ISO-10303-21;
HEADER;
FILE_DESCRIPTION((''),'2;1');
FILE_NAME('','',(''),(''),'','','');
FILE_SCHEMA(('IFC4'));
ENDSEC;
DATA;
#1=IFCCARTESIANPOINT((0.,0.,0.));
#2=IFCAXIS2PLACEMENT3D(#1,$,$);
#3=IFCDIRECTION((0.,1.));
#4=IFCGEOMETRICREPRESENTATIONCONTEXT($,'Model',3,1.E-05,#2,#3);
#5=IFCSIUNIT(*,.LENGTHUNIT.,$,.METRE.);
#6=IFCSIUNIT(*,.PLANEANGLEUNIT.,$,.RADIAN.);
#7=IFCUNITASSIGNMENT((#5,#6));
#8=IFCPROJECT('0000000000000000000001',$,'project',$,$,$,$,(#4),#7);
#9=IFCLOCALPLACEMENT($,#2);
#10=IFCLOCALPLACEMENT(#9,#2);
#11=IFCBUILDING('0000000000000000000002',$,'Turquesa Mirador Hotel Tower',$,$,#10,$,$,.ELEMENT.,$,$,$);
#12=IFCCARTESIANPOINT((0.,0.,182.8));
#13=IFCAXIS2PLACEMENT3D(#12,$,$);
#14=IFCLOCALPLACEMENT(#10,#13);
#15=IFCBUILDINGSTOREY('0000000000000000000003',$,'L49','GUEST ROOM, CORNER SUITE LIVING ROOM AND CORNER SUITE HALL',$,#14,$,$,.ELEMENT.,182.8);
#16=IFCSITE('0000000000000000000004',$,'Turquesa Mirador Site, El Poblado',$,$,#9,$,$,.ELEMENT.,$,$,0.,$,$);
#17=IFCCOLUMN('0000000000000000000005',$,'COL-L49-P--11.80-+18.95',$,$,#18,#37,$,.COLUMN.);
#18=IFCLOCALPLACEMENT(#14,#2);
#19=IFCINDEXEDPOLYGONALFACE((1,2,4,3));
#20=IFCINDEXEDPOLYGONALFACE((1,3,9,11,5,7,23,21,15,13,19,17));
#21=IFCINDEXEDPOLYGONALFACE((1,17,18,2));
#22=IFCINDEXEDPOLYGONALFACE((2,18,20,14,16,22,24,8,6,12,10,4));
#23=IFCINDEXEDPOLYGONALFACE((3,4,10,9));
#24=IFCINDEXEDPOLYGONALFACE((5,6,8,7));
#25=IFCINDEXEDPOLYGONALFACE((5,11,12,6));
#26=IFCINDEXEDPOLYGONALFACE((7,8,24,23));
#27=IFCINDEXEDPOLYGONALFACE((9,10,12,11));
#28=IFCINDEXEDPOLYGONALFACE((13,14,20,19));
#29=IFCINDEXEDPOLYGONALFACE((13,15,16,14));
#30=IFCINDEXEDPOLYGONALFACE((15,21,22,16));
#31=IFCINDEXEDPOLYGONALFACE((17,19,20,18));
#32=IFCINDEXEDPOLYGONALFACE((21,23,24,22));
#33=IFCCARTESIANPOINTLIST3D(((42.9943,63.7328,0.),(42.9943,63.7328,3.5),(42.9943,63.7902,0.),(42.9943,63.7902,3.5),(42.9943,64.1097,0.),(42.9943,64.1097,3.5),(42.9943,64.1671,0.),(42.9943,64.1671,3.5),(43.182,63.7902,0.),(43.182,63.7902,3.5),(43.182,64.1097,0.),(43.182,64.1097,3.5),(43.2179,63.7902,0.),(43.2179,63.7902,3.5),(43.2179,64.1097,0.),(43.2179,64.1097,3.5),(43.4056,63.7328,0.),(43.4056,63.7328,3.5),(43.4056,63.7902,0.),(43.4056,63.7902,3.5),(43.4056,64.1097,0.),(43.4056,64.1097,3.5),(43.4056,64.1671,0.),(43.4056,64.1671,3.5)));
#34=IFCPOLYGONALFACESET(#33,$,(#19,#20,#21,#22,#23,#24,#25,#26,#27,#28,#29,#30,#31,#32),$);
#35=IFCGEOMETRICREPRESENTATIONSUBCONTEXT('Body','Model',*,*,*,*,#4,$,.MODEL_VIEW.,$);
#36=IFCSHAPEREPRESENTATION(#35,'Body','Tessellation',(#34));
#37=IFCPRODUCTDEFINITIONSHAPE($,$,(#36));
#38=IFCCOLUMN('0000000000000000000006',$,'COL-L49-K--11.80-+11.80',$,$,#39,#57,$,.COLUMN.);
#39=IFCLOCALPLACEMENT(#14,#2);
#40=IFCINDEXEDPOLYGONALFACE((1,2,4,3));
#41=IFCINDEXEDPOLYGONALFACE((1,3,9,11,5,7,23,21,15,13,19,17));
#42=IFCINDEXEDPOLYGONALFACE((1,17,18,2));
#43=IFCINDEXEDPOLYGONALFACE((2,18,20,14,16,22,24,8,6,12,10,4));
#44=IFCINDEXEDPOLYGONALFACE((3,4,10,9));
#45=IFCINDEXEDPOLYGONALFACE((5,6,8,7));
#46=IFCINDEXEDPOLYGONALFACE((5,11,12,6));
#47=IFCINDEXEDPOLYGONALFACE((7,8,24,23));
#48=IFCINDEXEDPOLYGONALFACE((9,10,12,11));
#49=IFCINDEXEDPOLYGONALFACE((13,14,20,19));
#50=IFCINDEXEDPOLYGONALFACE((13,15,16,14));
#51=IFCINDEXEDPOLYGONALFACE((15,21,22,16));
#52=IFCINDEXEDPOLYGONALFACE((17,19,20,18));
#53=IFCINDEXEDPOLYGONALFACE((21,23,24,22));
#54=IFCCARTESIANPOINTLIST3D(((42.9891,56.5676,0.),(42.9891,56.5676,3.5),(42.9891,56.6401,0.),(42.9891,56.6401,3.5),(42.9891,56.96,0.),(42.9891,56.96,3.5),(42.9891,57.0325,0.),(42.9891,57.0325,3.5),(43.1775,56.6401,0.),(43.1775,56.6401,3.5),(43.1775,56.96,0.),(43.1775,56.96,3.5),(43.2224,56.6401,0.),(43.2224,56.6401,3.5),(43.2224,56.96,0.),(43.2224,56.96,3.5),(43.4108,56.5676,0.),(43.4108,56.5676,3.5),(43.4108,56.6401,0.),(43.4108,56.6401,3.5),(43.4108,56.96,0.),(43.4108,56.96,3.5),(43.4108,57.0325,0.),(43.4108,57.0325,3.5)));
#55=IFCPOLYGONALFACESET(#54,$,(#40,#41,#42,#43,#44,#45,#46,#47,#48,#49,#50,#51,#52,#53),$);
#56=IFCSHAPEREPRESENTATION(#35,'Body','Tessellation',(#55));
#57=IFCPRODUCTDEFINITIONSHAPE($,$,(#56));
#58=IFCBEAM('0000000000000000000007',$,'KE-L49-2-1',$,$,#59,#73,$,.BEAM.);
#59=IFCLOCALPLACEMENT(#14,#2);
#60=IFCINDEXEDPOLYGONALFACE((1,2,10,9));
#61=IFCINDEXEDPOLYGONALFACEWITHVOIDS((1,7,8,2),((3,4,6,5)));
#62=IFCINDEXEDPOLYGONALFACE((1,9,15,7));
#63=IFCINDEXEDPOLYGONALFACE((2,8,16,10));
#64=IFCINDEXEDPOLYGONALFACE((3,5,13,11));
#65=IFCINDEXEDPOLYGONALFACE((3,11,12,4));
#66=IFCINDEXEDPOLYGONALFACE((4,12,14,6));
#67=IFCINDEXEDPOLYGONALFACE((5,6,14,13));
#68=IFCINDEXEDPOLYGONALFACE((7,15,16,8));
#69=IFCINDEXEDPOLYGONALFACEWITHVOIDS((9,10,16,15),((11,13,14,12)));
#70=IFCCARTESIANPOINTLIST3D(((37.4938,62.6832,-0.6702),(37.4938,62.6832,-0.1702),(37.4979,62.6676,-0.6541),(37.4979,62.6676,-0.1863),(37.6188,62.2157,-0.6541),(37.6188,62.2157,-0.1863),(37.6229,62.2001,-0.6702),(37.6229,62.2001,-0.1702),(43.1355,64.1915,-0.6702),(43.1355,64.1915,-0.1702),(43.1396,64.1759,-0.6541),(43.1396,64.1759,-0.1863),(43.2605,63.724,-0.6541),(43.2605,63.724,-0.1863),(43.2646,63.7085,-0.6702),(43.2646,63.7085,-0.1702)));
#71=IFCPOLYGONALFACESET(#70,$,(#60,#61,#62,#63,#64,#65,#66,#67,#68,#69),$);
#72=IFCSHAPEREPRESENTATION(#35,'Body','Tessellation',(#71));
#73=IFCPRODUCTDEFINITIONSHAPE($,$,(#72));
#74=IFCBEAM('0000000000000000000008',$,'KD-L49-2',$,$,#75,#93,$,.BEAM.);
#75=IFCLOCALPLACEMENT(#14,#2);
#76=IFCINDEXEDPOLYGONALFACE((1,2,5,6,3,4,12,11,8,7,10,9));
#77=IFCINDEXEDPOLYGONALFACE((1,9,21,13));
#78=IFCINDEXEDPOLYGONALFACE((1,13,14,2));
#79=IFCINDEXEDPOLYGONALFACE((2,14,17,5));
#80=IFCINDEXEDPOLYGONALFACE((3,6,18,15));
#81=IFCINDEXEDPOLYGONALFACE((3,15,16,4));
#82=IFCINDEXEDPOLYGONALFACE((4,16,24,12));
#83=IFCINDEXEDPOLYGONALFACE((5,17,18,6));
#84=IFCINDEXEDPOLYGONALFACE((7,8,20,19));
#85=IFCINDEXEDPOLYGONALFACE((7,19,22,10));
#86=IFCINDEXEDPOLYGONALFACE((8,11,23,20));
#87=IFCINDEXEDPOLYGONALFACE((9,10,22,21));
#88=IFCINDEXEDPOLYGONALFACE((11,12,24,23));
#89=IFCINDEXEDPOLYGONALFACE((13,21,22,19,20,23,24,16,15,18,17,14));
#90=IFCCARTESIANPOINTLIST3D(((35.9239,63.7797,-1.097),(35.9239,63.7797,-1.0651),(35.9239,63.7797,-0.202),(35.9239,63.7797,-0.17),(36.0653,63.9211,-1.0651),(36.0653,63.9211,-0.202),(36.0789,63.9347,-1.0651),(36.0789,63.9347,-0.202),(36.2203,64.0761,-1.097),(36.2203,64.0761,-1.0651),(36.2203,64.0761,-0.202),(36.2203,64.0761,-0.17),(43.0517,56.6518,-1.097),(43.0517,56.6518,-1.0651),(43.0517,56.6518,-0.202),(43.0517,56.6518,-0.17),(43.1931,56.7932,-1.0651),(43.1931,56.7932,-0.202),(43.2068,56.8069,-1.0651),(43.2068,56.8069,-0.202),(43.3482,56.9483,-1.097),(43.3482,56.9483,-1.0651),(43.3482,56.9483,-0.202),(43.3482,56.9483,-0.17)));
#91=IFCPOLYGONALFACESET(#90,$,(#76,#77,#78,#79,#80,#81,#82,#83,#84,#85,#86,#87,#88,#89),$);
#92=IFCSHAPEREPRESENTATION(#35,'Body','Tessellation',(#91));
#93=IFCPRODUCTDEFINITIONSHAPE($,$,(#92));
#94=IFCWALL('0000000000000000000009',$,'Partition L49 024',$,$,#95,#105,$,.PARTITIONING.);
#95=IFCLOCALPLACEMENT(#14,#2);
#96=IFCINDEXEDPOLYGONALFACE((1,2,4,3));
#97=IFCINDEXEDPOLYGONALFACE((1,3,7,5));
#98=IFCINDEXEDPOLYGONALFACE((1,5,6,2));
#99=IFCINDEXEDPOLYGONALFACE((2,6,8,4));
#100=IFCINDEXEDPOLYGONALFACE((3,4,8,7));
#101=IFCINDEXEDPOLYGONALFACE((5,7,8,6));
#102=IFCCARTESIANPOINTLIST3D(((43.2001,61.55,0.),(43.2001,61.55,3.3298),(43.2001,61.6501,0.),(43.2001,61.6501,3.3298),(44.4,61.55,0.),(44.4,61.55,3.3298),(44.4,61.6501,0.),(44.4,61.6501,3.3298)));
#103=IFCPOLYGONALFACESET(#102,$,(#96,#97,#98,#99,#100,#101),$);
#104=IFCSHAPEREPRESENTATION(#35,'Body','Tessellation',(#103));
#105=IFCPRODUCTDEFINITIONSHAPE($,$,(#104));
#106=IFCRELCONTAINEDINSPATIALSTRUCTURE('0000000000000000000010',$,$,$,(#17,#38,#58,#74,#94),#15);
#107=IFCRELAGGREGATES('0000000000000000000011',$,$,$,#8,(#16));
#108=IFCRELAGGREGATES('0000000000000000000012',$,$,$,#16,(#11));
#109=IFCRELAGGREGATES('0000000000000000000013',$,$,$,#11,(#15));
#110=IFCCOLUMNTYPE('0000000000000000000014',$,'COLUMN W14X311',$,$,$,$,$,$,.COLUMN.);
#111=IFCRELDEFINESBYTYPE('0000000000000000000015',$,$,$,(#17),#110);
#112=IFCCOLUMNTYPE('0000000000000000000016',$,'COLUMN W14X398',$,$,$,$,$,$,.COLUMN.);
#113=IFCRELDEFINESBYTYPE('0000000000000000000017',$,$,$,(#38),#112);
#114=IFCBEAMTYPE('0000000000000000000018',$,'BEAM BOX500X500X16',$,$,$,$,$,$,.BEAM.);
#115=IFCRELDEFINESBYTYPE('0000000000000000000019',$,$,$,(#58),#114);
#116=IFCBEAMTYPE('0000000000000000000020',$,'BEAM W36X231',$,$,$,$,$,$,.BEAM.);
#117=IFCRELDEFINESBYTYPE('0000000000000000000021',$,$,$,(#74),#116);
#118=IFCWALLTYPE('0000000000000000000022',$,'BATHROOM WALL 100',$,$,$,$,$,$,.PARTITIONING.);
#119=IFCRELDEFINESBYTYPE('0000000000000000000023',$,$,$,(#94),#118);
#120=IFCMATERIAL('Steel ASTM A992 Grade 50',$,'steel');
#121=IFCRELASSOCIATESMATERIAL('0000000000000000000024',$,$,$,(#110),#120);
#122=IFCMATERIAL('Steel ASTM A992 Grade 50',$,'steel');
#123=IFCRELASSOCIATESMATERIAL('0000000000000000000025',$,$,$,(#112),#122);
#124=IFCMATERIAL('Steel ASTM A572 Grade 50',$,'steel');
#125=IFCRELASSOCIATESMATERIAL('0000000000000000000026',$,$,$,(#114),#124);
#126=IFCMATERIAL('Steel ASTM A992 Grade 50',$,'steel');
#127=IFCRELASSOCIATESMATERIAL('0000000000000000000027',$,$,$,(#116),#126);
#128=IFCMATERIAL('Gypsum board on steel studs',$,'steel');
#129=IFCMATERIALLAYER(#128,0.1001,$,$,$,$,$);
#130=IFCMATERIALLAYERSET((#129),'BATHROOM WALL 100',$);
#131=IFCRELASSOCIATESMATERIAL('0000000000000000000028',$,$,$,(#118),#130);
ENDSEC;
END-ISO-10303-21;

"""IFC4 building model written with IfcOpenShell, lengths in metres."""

from ifc_helpers import new_model, si_unit, direction, frame, frame_2d, origin, origin_2d, place, context, subcontext, project, spatial, rectangle, hollow_rectangle, i_section, extrude, material, layer, layer_set, material_profile, profile_set, type_object, element, save


model = new_model("IFC4")

# Units and contexts
model_context = context("Model", 3, precision=1e-05, world=origin(), true_north=direction((0.0, 1.0)))
body_context = subcontext(model_context, "Body", "Model", "MODEL_VIEW")
ifc_project = project(units=[si_unit("LENGTHUNIT", "METRE"), si_unit("PLANEANGLEUNIT", "RADIAN")], contexts=[model_context])

# Site, building, storey
site_placement = place(None, origin())
site = spatial("IfcSite", under=ifc_project, at=site_placement, Name="Turquesa Mirador Site, El Poblado", CompositionType="ELEMENT", RefElevation=0.0)
building_placement = place(site_placement, origin())
building = spatial("IfcBuilding", under=site, at=building_placement, Name="Turquesa Mirador Hotel Tower", CompositionType="ELEMENT")
storey_placement = place(building_placement, frame((0.0, 0.0, 182.8)))
storey = spatial("IfcBuildingStorey", under=building, at=storey_placement, Name="L49", Description="GUEST ROOM, CORNER SUITE LIVING ROOM AND CORNER SUITE HALL", CompositionType="ELEMENT", Elevation=182.8)

# Columns
ifc_material_1 = material(Name="Steel ASTM A992 Grade 50", Category="steel")
ifc_material_profile_1 = material_profile(ifc_material_1, i_section(OverallWidth=0.4114, OverallDepth=0.4343, WebThickness=0.0359, FlangeThickness=0.0574, at=origin_2d()), Name="W14X311")
ifc_profile_set_1 = profile_set([ifc_material_profile_1], Name="Steel ASTM A992 Grade 50")
column_type_1 = type_object("IfcColumnType", Name="COLUMN W14X311", PredefinedType="COLUMN", material=ifc_profile_set_1)
column_1_placement = place(storey_placement, frame((43.2, 63.95, 0.0), z_axis=(0.0, 0.0, 1.0), x_axis=(1.0, 0.0, 0.0)))
element("IfcColumn", 1, at=column_1_placement, inside=storey, type_object=column_type_1, Name="COL-L49-P--11.80-+18.95", PredefinedType="COLUMN", context=body_context, shape_type="SweptSolid", body=[
    extrude(i_section(OverallWidth=0.4114, OverallDepth=0.4343, WebThickness=0.0359, FlangeThickness=0.0574, at=origin_2d()), origin(), (0.0, 0.0, 1.0), 3.5),
])
ifc_material_2 = material(Name="Steel ASTM A992 Grade 50", Category="steel")
ifc_material_profile_2 = material_profile(ifc_material_2, i_section(OverallWidth=0.4216, OverallDepth=0.4648, WebThickness=0.0449, FlangeThickness=0.0725, at=origin_2d()), Name="W14X398")
ifc_profile_set_2 = profile_set([ifc_material_profile_2], Name="Steel ASTM A992 Grade 50")
column_type_2 = type_object("IfcColumnType", Name="COLUMN W14X398", PredefinedType="COLUMN", material=ifc_profile_set_2)
column_2_placement = place(storey_placement, frame((43.2, 56.8, 0.0), z_axis=(0.0, 0.0, 1.0), x_axis=(1.0, 0.0, 0.0)))
element("IfcColumn", 2, at=column_2_placement, inside=storey, type_object=column_type_2, Name="COL-L49-K--11.80-+11.80", PredefinedType="COLUMN", context=body_context, shape_type="SweptSolid", body=[
    extrude(i_section(OverallWidth=0.4216, OverallDepth=0.4648, WebThickness=0.0449, FlangeThickness=0.0725, at=origin_2d()), origin(), (0.0, 0.0, 1.0), 3.5),
])

# Beams
ifc_material_3 = material(Name="Steel ASTM A572 Grade 50", Category="steel")
ifc_material_profile_3 = material_profile(ifc_material_3, hollow_rectangle(XDim=0.5, YDim=0.5, WallThickness=0.0161, at=origin_2d()), Name="BOX500X500X16")
ifc_profile_set_3 = profile_set([ifc_material_profile_3], Name="Steel ASTM A572 Grade 50")
beam_type_1 = type_object("IfcBeamType", Name="BEAM BOX500X500X16", PredefinedType="BEAM", material=ifc_profile_set_3)
beam_1_placement = place(storey_placement, frame((37.5583, 62.4417, -0.4202), z_axis=(0.96607, 0.258282, 0.0), x_axis=(-0.258282, 0.96607, 0.0)))
element("IfcBeam", 3, at=beam_1_placement, inside=storey, type_object=beam_type_1, Name="KE-L49-2-1", PredefinedType="BEAM", context=body_context, shape_type="SweptSolid", body=[
    extrude(hollow_rectangle(XDim=0.5, YDim=0.5, WallThickness=0.0161, at=origin_2d()), origin(), (0.0, 0.0, 1.0), 5.8398),
])
ifc_material_4 = material(Name="Steel ASTM A992 Grade 50", Category="steel")
ifc_material_profile_4 = material_profile(ifc_material_4, i_section(OverallWidth=0.4192, OverallDepth=0.927, WebThickness=0.0193, FlangeThickness=0.032, at=origin_2d()), Name="W36X231")
ifc_profile_set_4 = profile_set([ifc_material_profile_4], Name="Steel ASTM A992 Grade 50")
beam_type_2 = type_object("IfcBeamType", Name="BEAM W36X231", PredefinedType="BEAM", material=ifc_profile_set_4)
beam_2_placement = place(storey_placement, frame((43.2, 56.8, -0.6335), z_axis=(-0.707107, 0.707107, 0.0), x_axis=(-0.707107, -0.707107, 0.0)))
element("IfcBeam", 4, at=beam_2_placement, inside=storey, type_object=beam_type_2, Name="KD-L49-2", PredefinedType="BEAM", context=body_context, shape_type="SweptSolid", body=[
    extrude(i_section(OverallWidth=0.4192, OverallDepth=0.927, WebThickness=0.0193, FlangeThickness=0.032, at=origin_2d()), origin(), (0.0, 0.0, 1.0), 10.0803),
])

# Wall
ifc_material_5 = material(Name="Gypsum board on steel studs", Category="steel")
ifc_layer_1 = layer(ifc_material_5, 0.1001)
ifc_layer_set_1 = layer_set([ifc_layer_1], Name="BATHROOM WALL 100")
wall_type_1 = type_object("IfcWallType", Name="BATHROOM WALL 100", PredefinedType="PARTITIONING", material=ifc_layer_set_1)
wall_1_placement = place(storey_placement, frame((43.2, 61.6001, 0.0), z_axis=(0.0, 0.0, 1.0), x_axis=(1.0, 0.0, 0.0)))
element("IfcWall", 5, at=wall_1_placement, inside=storey, type_object=wall_type_1, Name="Partition L49 024", PredefinedType="PARTITIONING", context=body_context, shape_type="SweptSolid", body=[
    extrude(rectangle(XDim=1.2, YDim=0.1001, at=frame_2d((0.6001, 0.0))), origin(), (0.0, 0.0, 1.0), 3.3298),
])

save(model, "model.ifc")
